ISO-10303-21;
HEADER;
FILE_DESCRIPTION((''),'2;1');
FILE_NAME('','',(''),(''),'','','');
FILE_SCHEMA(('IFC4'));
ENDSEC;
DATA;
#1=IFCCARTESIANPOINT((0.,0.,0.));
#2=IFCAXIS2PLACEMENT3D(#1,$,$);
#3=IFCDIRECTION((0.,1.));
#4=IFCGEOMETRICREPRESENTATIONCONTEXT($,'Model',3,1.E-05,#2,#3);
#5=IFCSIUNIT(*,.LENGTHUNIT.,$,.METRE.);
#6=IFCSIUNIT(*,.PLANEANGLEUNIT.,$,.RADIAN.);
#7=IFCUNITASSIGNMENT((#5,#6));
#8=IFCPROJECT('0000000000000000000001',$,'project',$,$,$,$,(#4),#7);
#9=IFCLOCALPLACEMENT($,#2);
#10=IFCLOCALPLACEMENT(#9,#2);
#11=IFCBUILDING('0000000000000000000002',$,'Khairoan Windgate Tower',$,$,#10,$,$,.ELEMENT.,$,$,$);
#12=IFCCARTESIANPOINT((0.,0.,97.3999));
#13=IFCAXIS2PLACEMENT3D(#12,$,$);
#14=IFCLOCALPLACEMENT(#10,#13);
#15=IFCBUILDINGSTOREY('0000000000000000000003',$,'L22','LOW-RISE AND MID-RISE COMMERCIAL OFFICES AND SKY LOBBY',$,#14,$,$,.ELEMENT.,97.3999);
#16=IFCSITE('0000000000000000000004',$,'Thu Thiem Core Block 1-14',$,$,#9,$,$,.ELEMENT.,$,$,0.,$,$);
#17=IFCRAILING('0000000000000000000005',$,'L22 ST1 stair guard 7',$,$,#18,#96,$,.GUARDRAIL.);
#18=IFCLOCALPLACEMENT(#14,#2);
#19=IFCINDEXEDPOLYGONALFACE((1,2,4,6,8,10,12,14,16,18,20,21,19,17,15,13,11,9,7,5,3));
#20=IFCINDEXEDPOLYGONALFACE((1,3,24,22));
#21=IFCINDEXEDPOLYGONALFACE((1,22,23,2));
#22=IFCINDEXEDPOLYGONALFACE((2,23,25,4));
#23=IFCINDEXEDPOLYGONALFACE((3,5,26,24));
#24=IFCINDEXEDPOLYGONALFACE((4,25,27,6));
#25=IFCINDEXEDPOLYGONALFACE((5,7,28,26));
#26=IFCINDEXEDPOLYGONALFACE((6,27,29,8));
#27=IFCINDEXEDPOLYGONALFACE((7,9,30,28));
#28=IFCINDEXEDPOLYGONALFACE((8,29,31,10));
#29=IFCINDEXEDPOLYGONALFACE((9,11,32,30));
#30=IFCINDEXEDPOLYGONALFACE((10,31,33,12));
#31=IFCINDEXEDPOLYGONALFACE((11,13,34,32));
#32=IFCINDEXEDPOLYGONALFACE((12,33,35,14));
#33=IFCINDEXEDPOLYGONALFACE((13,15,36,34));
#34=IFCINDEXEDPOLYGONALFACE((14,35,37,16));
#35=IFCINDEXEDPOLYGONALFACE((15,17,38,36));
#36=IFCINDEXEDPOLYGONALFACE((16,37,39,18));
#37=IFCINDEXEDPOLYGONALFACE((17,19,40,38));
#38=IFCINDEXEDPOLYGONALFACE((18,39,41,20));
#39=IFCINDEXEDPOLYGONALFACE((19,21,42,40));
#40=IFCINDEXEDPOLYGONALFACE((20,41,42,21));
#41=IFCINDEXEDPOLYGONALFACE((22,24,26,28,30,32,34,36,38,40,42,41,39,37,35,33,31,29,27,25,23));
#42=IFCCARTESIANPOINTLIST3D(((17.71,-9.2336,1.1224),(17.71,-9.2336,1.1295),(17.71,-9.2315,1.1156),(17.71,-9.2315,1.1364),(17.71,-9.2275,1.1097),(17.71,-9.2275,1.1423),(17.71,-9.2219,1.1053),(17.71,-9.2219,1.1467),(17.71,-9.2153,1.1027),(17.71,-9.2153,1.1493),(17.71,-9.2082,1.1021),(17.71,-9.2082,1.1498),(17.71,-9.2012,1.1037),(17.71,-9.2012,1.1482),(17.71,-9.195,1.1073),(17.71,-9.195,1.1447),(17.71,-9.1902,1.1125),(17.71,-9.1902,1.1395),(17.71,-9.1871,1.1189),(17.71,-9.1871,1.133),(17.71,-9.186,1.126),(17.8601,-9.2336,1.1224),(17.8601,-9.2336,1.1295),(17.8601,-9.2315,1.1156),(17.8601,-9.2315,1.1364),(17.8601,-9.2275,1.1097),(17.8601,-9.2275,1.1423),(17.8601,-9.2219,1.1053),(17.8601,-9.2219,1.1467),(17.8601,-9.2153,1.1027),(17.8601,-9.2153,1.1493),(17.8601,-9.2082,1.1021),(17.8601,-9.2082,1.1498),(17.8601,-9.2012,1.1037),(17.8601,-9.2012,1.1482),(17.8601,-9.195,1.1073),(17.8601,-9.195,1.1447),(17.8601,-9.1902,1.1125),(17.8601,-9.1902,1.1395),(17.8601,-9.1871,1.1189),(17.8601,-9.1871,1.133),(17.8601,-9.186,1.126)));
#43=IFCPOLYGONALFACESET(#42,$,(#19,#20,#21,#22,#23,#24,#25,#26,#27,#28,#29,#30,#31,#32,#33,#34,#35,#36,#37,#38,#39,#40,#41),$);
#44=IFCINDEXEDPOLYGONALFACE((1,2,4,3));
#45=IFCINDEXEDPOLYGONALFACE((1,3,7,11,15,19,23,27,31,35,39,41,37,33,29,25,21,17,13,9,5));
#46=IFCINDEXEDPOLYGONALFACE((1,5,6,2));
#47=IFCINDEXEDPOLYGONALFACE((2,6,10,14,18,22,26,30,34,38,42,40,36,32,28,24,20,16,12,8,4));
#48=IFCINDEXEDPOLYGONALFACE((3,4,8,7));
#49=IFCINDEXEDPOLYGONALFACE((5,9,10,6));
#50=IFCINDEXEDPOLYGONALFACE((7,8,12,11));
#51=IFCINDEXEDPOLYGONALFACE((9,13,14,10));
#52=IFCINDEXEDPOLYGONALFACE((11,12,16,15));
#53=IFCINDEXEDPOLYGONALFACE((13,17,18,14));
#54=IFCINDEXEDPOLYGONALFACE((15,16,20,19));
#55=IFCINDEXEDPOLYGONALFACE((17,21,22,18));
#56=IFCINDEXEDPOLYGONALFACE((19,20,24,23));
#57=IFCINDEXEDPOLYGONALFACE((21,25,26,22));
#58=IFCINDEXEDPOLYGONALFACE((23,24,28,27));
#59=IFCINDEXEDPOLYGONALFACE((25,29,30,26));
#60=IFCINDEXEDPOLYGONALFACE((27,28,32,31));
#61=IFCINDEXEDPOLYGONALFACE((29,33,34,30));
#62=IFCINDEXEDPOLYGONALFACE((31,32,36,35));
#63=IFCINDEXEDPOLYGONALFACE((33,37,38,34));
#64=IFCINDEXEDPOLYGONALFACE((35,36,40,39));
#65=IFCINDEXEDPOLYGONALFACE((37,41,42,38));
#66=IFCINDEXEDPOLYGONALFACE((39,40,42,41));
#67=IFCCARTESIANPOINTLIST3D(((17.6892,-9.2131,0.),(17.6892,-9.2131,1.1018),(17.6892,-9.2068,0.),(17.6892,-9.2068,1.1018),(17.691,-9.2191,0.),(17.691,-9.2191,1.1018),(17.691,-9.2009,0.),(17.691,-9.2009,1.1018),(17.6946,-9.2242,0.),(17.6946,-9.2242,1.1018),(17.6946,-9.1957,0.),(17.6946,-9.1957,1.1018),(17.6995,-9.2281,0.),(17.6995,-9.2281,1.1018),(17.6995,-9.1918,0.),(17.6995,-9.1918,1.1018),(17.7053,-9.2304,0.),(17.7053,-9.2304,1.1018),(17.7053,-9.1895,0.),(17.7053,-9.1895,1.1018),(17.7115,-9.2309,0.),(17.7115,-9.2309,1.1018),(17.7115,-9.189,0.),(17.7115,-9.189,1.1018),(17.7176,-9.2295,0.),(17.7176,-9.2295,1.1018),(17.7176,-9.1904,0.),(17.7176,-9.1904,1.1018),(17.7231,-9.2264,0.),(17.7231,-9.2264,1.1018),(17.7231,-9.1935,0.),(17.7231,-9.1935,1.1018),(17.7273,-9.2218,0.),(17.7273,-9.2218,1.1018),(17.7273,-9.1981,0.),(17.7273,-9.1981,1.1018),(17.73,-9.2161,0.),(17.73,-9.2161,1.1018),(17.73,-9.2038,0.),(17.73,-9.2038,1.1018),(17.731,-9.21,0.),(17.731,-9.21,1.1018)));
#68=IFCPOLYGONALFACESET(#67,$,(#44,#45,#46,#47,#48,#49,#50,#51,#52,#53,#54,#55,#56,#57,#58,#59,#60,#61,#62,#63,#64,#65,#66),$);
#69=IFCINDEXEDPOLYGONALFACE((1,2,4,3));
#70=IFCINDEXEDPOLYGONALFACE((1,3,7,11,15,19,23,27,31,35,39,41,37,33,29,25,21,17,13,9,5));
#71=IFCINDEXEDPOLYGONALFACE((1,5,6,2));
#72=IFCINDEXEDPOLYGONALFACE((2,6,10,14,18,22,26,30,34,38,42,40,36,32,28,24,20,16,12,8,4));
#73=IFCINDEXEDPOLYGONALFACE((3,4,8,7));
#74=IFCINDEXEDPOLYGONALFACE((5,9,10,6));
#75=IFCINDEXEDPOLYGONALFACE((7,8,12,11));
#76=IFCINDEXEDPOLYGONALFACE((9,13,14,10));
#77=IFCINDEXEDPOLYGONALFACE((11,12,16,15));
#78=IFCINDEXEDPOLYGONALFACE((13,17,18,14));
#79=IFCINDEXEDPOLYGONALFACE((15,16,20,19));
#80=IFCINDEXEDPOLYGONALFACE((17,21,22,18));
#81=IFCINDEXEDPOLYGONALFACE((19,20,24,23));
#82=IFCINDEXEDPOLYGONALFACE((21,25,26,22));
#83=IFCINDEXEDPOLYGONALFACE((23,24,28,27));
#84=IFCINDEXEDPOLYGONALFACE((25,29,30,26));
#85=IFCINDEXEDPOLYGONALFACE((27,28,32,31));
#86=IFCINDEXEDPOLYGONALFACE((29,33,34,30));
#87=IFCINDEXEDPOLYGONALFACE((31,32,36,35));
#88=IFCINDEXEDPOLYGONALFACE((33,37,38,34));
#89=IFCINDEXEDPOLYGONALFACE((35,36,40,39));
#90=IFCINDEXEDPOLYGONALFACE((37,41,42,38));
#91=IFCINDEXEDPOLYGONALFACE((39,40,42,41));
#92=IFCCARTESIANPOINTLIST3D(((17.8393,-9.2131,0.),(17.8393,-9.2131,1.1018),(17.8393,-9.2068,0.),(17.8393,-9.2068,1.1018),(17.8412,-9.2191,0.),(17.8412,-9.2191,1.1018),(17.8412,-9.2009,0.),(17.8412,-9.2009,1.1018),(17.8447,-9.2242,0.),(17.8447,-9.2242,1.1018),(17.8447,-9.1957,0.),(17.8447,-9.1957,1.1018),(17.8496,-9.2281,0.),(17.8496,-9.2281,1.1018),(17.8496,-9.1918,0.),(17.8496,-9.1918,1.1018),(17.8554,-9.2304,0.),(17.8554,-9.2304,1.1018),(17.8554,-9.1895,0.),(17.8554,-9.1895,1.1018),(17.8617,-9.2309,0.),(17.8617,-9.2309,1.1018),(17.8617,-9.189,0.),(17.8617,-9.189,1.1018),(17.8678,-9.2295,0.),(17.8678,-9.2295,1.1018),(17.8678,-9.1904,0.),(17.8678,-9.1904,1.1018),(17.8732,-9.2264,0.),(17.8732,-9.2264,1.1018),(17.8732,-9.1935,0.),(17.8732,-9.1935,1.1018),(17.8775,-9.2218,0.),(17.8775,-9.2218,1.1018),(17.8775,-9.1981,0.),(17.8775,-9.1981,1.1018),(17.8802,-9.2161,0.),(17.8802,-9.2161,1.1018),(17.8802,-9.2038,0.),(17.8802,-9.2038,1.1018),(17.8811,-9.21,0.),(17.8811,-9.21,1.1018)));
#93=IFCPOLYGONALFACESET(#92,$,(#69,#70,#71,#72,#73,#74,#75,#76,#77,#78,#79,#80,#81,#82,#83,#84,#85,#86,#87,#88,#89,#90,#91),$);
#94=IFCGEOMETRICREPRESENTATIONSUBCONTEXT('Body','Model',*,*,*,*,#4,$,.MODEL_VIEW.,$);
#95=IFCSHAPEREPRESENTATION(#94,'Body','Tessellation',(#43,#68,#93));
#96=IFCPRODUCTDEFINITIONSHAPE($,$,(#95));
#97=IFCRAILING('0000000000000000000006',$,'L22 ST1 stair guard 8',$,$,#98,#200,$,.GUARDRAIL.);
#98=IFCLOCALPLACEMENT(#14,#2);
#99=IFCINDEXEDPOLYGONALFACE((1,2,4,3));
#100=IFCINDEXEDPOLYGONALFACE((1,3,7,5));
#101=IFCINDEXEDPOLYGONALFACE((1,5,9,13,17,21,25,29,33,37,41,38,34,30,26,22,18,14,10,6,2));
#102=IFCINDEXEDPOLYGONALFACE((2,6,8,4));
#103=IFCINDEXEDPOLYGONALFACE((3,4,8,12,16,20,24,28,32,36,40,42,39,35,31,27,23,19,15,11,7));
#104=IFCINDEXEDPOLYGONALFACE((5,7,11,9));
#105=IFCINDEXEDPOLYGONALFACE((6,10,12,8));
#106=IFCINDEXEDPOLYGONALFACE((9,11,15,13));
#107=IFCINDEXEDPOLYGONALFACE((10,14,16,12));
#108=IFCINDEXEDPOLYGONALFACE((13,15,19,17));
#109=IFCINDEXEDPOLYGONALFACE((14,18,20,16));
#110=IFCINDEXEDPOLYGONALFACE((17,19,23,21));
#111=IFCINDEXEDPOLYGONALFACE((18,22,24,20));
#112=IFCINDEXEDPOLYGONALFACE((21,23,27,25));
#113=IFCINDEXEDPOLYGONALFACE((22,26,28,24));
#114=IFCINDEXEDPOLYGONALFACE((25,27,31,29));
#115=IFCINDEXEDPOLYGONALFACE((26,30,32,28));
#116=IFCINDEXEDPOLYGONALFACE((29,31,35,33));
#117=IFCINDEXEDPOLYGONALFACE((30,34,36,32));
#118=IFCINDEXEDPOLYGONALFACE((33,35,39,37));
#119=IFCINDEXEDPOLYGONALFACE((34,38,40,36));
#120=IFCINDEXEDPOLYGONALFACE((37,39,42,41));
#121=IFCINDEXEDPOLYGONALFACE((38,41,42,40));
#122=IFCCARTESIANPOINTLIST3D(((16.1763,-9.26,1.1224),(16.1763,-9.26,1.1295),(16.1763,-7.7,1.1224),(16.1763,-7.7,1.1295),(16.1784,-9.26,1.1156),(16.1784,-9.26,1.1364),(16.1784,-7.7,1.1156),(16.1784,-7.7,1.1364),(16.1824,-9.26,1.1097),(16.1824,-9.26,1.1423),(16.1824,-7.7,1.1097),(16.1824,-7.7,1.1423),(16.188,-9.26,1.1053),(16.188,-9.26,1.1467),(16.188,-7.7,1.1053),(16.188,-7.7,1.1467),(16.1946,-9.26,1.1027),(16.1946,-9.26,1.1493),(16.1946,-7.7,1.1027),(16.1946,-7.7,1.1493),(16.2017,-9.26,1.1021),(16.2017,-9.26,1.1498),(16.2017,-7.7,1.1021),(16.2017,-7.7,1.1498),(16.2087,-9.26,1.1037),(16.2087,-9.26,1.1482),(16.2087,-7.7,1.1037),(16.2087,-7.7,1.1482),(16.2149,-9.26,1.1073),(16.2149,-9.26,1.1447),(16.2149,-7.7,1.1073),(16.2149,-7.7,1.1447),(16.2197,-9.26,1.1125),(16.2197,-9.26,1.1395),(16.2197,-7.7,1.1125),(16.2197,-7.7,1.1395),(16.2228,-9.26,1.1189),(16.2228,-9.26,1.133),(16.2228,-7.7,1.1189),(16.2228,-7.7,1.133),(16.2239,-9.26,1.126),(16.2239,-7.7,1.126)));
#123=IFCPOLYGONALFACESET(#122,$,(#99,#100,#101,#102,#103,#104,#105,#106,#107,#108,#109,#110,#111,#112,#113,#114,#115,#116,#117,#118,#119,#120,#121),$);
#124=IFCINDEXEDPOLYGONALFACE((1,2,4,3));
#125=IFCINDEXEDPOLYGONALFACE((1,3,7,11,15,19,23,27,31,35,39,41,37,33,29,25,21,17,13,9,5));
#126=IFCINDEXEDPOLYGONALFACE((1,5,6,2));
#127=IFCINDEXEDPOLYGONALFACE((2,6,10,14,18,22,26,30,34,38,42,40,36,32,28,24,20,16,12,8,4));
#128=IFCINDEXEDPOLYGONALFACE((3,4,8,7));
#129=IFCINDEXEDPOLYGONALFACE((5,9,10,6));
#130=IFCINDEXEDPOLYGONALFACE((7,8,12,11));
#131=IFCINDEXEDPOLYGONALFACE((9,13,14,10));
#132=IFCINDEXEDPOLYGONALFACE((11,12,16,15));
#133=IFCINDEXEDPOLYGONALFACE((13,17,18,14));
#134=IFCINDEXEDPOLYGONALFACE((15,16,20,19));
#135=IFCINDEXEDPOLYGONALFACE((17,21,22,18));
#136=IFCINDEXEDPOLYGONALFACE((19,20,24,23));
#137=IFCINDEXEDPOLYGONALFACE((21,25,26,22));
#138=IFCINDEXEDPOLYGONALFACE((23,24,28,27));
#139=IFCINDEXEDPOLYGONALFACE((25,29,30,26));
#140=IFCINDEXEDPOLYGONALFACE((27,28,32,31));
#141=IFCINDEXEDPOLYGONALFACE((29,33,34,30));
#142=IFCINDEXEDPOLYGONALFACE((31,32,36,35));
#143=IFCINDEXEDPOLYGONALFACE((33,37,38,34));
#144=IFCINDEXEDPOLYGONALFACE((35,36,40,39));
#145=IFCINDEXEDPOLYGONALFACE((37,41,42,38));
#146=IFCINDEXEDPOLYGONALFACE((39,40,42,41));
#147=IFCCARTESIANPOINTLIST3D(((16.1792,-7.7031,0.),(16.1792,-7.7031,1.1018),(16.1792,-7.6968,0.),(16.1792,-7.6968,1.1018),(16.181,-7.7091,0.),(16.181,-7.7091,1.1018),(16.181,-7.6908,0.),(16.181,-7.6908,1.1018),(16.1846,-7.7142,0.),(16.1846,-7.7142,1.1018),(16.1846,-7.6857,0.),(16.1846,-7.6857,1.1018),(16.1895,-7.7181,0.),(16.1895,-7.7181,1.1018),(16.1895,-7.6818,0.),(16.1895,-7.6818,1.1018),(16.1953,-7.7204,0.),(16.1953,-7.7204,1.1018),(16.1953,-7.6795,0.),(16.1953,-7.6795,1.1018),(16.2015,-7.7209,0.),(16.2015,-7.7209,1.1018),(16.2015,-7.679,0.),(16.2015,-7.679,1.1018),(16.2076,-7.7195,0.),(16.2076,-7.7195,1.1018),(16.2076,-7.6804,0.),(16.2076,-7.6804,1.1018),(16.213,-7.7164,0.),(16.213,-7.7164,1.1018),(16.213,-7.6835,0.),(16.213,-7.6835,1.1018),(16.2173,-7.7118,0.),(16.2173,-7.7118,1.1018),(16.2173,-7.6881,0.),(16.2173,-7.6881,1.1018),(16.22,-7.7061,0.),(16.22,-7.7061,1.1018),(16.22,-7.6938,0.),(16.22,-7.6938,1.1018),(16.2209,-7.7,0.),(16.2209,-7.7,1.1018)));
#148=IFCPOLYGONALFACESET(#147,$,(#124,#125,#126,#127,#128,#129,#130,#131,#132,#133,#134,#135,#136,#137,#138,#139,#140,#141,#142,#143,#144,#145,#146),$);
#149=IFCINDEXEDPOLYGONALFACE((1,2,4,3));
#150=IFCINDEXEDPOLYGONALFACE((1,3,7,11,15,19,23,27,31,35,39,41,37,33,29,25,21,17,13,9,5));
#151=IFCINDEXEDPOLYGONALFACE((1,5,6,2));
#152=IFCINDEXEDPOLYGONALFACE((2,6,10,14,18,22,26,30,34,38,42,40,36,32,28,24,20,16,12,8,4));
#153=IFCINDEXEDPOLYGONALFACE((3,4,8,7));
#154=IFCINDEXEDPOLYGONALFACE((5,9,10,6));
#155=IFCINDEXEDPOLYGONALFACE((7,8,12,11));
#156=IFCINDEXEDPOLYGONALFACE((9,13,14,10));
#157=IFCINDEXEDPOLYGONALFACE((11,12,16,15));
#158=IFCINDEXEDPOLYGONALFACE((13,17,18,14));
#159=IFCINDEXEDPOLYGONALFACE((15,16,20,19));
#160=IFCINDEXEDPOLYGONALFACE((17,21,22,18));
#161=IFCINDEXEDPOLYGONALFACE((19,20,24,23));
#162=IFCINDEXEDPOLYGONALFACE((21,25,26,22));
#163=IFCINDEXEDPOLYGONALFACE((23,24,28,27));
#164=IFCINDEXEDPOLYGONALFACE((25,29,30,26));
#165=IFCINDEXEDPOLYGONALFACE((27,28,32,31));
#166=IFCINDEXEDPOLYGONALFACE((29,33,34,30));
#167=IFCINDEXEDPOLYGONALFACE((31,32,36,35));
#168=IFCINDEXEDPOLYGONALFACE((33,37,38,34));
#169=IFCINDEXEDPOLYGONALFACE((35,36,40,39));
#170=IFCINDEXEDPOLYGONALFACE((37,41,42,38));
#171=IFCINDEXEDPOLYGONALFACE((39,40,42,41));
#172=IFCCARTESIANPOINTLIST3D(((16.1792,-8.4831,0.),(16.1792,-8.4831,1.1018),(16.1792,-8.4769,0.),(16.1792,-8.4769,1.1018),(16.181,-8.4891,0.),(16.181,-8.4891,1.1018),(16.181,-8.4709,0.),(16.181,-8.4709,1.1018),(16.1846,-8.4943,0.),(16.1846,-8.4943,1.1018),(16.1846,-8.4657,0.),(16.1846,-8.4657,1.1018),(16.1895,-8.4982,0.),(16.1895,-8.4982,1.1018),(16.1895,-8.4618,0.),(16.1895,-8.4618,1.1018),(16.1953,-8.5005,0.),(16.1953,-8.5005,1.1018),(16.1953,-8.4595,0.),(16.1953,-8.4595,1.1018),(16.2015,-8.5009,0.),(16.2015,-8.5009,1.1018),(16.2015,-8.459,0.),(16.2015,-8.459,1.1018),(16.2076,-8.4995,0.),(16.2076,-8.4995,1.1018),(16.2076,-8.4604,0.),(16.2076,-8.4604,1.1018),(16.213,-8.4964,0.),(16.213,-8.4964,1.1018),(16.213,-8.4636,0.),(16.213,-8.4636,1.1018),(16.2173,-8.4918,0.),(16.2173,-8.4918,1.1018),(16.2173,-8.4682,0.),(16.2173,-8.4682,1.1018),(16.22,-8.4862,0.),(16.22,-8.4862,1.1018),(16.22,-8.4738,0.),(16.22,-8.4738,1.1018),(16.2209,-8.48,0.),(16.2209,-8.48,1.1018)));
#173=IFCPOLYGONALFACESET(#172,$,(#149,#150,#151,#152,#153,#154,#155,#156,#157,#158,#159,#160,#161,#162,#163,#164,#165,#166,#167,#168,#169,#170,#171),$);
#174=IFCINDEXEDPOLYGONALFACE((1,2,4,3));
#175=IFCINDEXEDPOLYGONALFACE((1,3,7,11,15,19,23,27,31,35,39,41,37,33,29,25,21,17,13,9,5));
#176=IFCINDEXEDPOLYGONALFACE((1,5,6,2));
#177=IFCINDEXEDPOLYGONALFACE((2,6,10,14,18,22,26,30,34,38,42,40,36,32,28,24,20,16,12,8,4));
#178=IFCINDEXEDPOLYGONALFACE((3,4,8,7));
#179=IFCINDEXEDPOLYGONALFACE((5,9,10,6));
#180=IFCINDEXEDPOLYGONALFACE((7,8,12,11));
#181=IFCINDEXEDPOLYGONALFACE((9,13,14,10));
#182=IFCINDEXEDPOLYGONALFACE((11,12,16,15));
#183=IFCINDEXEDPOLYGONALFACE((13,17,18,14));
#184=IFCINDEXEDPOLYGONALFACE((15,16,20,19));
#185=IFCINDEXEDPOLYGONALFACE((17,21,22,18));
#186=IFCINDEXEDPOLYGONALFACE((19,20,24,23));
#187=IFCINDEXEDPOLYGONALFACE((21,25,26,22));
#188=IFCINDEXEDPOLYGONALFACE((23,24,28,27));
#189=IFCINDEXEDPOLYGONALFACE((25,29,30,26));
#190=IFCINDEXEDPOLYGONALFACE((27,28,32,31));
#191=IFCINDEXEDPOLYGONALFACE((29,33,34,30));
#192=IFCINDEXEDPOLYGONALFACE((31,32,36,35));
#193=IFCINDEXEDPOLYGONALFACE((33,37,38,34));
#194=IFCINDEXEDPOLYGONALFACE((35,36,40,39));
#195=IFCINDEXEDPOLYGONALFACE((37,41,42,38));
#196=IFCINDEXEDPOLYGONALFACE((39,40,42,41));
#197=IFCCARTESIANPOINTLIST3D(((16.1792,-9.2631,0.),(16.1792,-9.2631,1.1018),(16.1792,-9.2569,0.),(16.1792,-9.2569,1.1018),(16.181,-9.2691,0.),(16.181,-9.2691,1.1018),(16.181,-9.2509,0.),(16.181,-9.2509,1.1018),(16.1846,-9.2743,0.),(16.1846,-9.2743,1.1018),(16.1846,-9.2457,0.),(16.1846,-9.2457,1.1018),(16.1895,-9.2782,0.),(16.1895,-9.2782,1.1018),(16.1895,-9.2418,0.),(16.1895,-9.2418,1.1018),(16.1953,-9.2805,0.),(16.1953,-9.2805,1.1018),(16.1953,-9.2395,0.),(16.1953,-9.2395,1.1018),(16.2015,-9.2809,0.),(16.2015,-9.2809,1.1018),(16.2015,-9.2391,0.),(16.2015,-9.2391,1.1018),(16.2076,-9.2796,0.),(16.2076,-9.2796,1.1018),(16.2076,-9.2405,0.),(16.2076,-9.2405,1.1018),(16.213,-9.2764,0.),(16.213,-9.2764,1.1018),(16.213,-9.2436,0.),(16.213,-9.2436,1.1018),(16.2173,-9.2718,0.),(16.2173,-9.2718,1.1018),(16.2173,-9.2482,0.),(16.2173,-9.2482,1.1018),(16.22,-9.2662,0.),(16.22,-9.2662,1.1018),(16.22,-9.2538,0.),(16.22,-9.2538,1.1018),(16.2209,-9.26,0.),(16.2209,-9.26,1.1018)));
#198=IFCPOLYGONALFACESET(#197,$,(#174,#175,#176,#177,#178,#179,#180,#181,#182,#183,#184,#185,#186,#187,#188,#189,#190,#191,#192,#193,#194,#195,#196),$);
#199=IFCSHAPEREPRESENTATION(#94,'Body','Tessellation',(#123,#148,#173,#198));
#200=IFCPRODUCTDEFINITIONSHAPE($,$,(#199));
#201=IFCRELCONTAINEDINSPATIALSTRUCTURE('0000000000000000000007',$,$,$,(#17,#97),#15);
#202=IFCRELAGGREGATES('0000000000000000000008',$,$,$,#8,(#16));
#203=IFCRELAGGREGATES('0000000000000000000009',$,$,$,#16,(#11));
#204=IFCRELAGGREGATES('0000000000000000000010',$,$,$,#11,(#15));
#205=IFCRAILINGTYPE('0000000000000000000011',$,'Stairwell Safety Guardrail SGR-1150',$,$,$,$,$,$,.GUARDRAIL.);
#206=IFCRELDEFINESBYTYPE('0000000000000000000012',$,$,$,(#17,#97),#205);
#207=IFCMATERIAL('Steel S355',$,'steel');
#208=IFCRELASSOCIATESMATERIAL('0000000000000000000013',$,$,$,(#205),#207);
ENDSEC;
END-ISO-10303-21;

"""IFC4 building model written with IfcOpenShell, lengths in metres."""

from ifc_helpers import new_model, si_unit, direction, frame, origin, origin_2d, place, context, subcontext, project, spatial, circle, extrude, material, type_object, element, save


model = new_model("IFC4")

# Units and contexts
model_context = context("Model", 3, precision=1e-05, world=origin(), true_north=direction((0.0, 1.0)))
body_context = subcontext(model_context, "Body", "Model", "MODEL_VIEW")
ifc_project = project(units=[si_unit("LENGTHUNIT", "METRE"), si_unit("PLANEANGLEUNIT", "RADIAN")], contexts=[model_context])

# Site, building, storey
site_placement = place(None, origin())
site = spatial("IfcSite", under=ifc_project, at=site_placement, Name="Thu Thiem Core Block 1-14", CompositionType="ELEMENT", RefElevation=0.0)
building_placement = place(site_placement, origin())
building = spatial("IfcBuilding", under=site, at=building_placement, Name="Khairoan Windgate Tower", CompositionType="ELEMENT")
storey_placement = place(building_placement, frame((0.0, 0.0, 97.3999)))
storey = spatial("IfcBuildingStorey", under=building, at=storey_placement, Name="L22", Description="LOW-RISE AND MID-RISE COMMERCIAL OFFICES AND SKY LOBBY", CompositionType="ELEMENT", Elevation=97.3999)

# Railings
ifc_material_1 = material(Name="Steel S355", Category="steel")
railing_type_1 = type_object("IfcRailingType", Name="Stairwell Safety Guardrail SGR-1150", PredefinedType="GUARDRAIL", material=ifc_material_1)
railing_1_placement = place(storey_placement, frame((17.71, -9.21, 0.0)))
element("IfcRailing", 1, at=railing_1_placement, inside=storey, type_object=railing_type_1, Name="L22 ST1 stair guard 7", PredefinedType="GUARDRAIL", context=body_context, shape_type="SweptSolid", body=[
    extrude(circle(Radius=0.0239, at=origin_2d()), frame((0.0, 0.0, 1.126), z_axis=(1.0, 0.0, 0.0), x_axis=(0.0, 1.0, 0.0)), (0.0, 0.0, 1.0), 0.1501),
    extrude(circle(Radius=0.021, at=origin_2d()), origin(), (0.0, 0.0, 1.0), 1.1018),
    extrude(circle(Radius=0.021, at=origin_2d()), frame((0.1501, 0.0, 0.0)), (0.0, 0.0, 1.0), 1.1018),
])
for number, where, name in (
    (2, (16.2, -7.7, 0.0), "L22 ST1 stair guard 8"),
):
    element("IfcRailing", number, at=place(storey_placement, frame(where)), inside=storey, type_object=railing_type_1, Name=name, PredefinedType="GUARDRAIL", context=body_context, shape_type="SweptSolid", body=[
        extrude(circle(Radius=0.0239, at=origin_2d()), frame((0.0, 0.0, 1.126), z_axis=(0.0, -1.0, 0.0), x_axis=(1.0, 0.0, 0.0)), (0.0, 0.0, 1.0), 1.5601),
        extrude(circle(Radius=0.021, at=origin_2d()), origin(), (0.0, 0.0, 1.0), 1.1018),
        extrude(circle(Radius=0.021, at=origin_2d()), frame((0.0, -0.78, 0.0)), (0.0, 0.0, 1.0), 1.1018),
        extrude(circle(Radius=0.021, at=origin_2d()), frame((0.0, -1.5601, 0.0)), (0.0, 0.0, 1.0), 1.1018),
    ])

save(model, "model.ifc")
